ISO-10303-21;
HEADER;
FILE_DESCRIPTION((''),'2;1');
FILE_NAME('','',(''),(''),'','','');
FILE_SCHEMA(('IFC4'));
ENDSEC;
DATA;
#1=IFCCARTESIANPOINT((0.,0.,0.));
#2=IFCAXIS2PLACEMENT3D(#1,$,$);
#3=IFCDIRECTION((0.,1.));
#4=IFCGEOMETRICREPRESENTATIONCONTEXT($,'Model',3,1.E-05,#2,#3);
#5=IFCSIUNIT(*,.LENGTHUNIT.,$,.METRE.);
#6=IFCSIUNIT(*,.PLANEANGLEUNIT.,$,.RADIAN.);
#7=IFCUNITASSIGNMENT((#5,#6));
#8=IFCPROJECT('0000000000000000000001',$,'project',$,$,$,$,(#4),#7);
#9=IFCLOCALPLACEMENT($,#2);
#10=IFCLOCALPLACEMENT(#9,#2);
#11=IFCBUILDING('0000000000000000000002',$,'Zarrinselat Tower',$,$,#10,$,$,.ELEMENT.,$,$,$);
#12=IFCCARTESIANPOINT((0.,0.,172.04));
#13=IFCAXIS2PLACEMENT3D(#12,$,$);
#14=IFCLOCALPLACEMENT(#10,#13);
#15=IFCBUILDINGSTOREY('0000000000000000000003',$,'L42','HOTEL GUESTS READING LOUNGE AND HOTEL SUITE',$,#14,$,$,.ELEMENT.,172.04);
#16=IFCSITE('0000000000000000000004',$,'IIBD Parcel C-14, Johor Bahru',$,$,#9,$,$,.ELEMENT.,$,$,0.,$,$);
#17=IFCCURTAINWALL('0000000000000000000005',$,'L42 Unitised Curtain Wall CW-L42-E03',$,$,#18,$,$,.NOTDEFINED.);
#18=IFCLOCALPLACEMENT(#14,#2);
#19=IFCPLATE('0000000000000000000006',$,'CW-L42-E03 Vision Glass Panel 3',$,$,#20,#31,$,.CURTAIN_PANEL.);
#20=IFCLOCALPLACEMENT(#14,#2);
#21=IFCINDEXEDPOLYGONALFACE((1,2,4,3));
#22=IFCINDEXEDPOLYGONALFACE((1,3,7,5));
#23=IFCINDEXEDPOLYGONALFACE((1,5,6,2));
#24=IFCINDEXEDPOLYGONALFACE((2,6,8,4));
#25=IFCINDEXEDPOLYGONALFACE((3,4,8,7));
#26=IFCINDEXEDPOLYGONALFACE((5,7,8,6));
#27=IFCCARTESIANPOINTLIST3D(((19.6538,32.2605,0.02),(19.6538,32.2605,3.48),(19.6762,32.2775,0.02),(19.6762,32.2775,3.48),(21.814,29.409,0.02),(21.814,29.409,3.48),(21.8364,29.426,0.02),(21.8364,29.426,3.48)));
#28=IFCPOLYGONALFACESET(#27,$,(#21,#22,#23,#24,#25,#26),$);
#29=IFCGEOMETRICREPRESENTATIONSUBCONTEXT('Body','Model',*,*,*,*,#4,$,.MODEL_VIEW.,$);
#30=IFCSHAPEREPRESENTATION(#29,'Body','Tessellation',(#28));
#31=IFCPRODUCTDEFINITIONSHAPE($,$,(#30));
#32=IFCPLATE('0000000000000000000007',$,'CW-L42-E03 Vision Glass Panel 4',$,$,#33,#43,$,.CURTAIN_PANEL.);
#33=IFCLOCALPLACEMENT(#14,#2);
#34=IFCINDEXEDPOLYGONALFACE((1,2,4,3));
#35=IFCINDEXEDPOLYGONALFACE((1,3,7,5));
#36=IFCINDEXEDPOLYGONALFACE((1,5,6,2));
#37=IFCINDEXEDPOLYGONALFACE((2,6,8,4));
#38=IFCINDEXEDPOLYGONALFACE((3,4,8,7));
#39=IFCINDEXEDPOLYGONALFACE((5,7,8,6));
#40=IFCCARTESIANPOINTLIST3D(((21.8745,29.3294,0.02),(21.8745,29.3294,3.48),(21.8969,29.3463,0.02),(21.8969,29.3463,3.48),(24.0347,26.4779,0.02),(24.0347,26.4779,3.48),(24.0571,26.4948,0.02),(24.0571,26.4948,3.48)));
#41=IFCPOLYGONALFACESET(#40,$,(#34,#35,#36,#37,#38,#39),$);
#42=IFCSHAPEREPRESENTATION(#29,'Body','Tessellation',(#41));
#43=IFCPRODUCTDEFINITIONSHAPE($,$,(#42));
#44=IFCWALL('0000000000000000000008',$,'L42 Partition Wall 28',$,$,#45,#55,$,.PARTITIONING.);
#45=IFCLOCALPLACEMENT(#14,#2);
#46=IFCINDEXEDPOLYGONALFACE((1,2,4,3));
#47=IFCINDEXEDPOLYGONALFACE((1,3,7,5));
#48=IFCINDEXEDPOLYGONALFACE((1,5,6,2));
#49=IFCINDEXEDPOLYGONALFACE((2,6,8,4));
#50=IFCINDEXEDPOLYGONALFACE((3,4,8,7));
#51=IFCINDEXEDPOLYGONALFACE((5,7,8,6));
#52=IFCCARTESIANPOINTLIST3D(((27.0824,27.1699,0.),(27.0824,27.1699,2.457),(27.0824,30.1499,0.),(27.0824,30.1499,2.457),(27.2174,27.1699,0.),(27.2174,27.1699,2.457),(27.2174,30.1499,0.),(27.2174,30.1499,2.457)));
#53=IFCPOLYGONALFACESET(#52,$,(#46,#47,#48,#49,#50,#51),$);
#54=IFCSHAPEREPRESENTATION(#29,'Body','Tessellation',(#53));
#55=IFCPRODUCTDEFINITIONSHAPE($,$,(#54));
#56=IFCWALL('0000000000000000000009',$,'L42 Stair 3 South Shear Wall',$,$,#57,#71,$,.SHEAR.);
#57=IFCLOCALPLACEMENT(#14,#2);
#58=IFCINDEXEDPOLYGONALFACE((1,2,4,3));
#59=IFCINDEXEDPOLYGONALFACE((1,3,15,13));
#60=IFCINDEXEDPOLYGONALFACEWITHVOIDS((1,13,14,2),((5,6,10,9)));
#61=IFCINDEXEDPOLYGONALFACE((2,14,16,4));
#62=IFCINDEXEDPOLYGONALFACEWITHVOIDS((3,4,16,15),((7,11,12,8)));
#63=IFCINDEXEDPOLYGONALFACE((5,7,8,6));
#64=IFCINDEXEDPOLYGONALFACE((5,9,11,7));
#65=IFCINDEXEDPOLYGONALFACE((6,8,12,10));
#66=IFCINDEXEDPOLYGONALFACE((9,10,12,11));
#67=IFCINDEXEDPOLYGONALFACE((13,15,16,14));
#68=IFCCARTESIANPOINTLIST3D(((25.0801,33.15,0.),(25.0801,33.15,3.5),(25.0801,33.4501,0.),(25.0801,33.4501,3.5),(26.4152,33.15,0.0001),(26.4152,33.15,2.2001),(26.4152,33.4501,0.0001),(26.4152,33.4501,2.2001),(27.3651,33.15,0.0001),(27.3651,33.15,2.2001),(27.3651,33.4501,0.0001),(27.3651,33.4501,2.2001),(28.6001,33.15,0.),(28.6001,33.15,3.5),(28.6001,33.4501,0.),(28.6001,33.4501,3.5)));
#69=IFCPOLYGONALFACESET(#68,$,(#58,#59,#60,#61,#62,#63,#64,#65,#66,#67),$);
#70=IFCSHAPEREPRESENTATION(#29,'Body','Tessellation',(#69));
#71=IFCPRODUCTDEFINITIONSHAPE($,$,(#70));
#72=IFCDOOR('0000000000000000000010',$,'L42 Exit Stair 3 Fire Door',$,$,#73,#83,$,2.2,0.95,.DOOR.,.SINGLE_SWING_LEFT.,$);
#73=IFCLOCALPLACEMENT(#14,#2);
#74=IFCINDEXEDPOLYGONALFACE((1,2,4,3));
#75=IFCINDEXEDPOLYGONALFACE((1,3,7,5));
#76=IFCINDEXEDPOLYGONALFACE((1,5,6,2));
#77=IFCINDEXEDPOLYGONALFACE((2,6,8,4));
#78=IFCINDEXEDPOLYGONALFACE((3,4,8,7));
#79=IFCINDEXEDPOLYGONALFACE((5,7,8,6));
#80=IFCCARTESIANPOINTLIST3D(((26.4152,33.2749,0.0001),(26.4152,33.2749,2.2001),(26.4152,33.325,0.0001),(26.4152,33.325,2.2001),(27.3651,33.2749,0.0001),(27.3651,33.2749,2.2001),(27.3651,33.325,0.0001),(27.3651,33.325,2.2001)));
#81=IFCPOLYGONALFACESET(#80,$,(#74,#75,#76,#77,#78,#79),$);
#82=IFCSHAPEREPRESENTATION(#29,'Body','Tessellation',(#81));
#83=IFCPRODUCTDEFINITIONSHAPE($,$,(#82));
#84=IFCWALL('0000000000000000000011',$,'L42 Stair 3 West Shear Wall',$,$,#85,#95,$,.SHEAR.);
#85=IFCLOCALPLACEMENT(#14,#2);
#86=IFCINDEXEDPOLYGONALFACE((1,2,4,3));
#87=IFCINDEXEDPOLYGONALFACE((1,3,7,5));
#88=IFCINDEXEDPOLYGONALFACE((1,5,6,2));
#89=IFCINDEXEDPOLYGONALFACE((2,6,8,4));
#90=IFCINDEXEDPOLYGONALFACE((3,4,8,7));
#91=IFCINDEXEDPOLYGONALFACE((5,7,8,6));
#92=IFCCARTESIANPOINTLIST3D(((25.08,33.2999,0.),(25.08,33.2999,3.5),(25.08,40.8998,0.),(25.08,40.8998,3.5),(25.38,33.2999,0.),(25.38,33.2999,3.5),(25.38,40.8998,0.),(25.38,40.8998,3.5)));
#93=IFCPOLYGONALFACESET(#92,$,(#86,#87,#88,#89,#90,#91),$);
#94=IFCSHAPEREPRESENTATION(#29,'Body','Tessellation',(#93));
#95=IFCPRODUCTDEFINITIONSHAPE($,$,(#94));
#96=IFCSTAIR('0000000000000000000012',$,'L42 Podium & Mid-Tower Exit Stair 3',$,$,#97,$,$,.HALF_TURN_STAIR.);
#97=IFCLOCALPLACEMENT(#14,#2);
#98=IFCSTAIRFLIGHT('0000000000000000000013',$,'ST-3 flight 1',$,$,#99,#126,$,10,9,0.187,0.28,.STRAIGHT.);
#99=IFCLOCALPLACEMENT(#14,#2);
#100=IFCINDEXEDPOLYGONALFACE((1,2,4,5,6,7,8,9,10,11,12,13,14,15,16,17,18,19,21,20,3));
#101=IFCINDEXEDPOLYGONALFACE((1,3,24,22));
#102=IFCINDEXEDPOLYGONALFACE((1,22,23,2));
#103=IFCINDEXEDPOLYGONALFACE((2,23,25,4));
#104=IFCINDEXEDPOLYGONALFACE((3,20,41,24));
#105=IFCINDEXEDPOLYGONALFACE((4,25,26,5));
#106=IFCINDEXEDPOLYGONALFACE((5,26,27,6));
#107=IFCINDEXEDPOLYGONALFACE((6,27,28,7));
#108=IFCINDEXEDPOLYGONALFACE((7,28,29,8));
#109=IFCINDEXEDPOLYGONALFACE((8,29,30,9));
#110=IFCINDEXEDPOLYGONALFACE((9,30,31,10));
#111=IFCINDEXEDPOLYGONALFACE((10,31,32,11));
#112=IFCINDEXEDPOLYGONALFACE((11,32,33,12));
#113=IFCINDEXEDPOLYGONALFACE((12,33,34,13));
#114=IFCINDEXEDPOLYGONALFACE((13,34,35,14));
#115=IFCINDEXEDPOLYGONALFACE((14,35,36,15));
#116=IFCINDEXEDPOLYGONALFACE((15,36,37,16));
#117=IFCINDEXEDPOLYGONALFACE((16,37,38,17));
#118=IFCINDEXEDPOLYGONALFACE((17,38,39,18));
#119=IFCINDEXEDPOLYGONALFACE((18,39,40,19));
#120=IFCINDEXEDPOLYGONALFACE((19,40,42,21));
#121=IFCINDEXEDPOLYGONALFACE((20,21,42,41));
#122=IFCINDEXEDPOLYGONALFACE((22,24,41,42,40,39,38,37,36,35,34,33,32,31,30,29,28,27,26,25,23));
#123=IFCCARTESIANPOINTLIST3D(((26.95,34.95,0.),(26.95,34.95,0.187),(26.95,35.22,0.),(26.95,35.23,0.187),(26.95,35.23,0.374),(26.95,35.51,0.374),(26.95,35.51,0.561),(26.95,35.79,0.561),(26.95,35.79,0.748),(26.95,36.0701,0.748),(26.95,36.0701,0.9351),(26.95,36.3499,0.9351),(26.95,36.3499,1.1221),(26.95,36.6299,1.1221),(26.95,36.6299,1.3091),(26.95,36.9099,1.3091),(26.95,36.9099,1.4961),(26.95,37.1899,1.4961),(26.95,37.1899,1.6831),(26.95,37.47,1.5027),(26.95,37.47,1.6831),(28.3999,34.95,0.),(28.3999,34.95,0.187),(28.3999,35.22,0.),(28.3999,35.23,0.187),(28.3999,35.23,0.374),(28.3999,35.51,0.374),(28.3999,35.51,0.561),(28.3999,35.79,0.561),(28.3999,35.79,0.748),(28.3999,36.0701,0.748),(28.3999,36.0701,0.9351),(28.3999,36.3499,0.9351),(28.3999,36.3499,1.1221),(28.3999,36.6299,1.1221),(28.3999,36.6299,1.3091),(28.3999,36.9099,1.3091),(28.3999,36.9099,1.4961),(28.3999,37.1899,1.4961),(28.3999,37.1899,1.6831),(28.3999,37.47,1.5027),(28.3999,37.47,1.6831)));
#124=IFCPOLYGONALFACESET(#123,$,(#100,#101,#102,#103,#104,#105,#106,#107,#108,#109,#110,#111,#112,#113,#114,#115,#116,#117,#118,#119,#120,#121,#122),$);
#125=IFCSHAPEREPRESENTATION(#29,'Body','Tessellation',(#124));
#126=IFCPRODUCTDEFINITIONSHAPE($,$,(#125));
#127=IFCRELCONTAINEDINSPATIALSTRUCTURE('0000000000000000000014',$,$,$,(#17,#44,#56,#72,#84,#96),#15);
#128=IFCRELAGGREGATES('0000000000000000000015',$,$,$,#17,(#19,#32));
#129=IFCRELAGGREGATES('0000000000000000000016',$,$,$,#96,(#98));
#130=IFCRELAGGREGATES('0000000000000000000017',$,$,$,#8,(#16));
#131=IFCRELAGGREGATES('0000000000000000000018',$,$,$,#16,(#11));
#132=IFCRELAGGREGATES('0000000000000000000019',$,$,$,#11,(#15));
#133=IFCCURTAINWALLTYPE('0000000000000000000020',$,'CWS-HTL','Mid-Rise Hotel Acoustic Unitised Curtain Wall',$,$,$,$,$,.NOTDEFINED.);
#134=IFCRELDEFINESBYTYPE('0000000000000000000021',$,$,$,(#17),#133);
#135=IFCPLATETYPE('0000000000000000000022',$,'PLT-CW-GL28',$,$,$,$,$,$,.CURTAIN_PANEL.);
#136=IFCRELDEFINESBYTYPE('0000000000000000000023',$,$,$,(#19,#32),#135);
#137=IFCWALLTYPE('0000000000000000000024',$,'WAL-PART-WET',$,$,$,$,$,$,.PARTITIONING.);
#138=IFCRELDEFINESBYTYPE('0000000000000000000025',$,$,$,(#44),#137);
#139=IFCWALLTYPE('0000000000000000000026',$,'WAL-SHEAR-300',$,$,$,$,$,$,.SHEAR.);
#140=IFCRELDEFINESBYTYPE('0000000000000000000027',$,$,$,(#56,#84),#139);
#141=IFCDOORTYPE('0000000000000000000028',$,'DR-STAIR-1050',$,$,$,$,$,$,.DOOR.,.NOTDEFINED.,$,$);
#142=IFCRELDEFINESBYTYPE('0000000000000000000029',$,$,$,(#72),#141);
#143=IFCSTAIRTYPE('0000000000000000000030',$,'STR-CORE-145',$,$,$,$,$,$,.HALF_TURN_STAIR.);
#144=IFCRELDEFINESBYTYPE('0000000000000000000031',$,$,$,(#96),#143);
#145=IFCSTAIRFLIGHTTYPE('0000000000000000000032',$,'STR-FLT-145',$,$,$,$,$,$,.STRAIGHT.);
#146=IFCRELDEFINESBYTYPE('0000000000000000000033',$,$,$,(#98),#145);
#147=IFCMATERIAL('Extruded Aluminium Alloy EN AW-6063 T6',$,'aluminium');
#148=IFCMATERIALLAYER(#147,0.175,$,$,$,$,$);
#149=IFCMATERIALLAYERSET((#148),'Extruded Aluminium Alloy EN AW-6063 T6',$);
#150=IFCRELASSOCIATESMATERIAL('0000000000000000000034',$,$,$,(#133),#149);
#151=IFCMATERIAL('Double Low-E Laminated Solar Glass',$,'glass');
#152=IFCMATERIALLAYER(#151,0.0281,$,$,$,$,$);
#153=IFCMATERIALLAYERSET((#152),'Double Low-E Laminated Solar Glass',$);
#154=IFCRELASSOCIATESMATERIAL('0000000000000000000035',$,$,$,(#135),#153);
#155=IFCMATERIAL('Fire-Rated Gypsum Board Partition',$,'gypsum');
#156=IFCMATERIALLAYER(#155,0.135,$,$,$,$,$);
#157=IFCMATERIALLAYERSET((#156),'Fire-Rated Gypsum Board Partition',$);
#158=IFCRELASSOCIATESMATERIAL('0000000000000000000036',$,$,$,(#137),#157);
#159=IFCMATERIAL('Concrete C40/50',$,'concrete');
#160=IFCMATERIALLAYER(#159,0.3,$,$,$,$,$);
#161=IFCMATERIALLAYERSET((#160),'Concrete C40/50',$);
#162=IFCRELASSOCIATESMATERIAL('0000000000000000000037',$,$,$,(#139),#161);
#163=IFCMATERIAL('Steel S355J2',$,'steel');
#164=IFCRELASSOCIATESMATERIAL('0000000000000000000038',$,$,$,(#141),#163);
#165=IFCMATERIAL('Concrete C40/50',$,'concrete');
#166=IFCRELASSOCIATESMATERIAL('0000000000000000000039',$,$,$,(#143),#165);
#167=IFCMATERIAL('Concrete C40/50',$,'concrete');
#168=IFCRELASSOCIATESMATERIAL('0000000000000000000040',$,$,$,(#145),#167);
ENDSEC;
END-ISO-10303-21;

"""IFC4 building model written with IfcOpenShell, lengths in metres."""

from ifc_helpers import new_model, si_unit, direction, frame, frame_2d, origin, origin_2d, place, context, subcontext, project, spatial, polyline, rectangle, outline, extrude, material, layer, layer_set, type_object, element, fill, aggregate, save


model = new_model("IFC4")

# Units and contexts
model_context = context("Model", 3, precision=1e-05, world=origin(), true_north=direction((0.0, 1.0)))
body_context = subcontext(model_context, "Body", "Model", "MODEL_VIEW")
ifc_project = project(units=[si_unit("LENGTHUNIT", "METRE"), si_unit("PLANEANGLEUNIT", "RADIAN")], contexts=[model_context])

# Site, building, storey
site_placement = place(None, origin())
site = spatial("IfcSite", under=ifc_project, at=site_placement, Name="IIBD Parcel C-14, Johor Bahru", CompositionType="ELEMENT", RefElevation=0.0)
building_placement = place(site_placement, origin())
building = spatial("IfcBuilding", under=site, at=building_placement, Name="Zarrinselat Tower", CompositionType="ELEMENT")
storey_placement = place(building_placement, frame((0.0, 0.0, 172.04)))
storey = spatial("IfcBuildingStorey", under=building, at=storey_placement, Name="L42", Description="HOTEL GUESTS READING LOUNGE AND HOTEL SUITE", CompositionType="ELEMENT", Elevation=172.04)

# Curtain wall, plates
ifc_material_1 = material(Name="Extruded Aluminium Alloy EN AW-6063 T6", Category="aluminium")
ifc_layer_1 = layer(ifc_material_1, 0.175)
ifc_layer_set_1 = layer_set([ifc_layer_1], Name="Extruded Aluminium Alloy EN AW-6063 T6")
curtain_wall_type = type_object("IfcCurtainWallType", Name="CWS-HTL", Description="Mid-Rise Hotel Acoustic Unitised Curtain Wall", PredefinedType="NOTDEFINED", material=ifc_layer_set_1)
curtain_wall_placement = place(storey_placement, origin())
curtain_wall = element("IfcCurtainWall", 1, at=curtain_wall_placement, inside=storey, type_object=curtain_wall_type, Name="L42 Unitised Curtain Wall CW-L42-E03", PredefinedType="NOTDEFINED")
ifc_material_2 = material(Name="Double Low-E Laminated Solar Glass", Category="glass")
ifc_layer_2 = layer(ifc_material_2, 0.0281)
ifc_layer_set_2 = layer_set([ifc_layer_2], Name="Double Low-E Laminated Solar Glass")
plate_type = type_object("IfcPlateType", Name="PLT-CW-GL28", PredefinedType="CURTAIN_PANEL", material=ifc_layer_set_2)
plate_1_placement = place(storey_placement, frame((20.7451, 30.8433, 0.02), z_axis=(0.0, 0.0, 1.0), x_axis=(0.603858, -0.797092, 0.0)))
plate_1 = element("IfcPlate", 2, at=plate_1_placement, type_object=plate_type, Name="CW-L42-E03 Vision Glass Panel 3", PredefinedType="CURTAIN_PANEL", context=body_context, shape_type="SweptSolid", body=[
    extrude(rectangle(XDim=3.5774, YDim=0.0281, at=origin_2d()), origin(), (0.0, 0.0, 1.0), 3.46),
])
plate_2_placement = place(storey_placement, frame((22.9658, 27.9121, 0.02), z_axis=(0.0, 0.0, 1.0), x_axis=(0.603858, -0.797092, 0.0)))
plate_2 = element("IfcPlate", 3, at=plate_2_placement, type_object=plate_type, Name="CW-L42-E03 Vision Glass Panel 4", PredefinedType="CURTAIN_PANEL", context=body_context, shape_type="SweptSolid", body=[
    extrude(rectangle(XDim=3.5774, YDim=0.0281, at=origin_2d()), origin(), (0.0, 0.0, 1.0), 3.46),
])
aggregate(curtain_wall, [plate_1, plate_2])

# Wall
ifc_material_3 = material(Name="Fire-Rated Gypsum Board Partition", Category="gypsum")
ifc_layer_3 = layer(ifc_material_3, 0.135)
ifc_layer_set_3 = layer_set([ifc_layer_3], Name="Fire-Rated Gypsum Board Partition")
wall_type_1 = type_object("IfcWallType", Name="WAL-PART-WET", PredefinedType="PARTITIONING", material=ifc_layer_set_3)
wall_1_placement = place(storey_placement, frame((27.1499, 27.1699, 0.0), z_axis=(0.0, 0.0, 1.0), x_axis=(0.0, 1.0, 0.0)))
element("IfcWall", 4, at=wall_1_placement, inside=storey, type_object=wall_type_1, Name="L42 Partition Wall 28", PredefinedType="PARTITIONING", context=body_context, shape_type="SweptSolid", body=[
    extrude(rectangle(XDim=2.98, YDim=0.135, at=frame_2d((1.49, 0.0))), origin(), (0.0, 0.0, 1.0), 2.457),
])

# Wall, opening, door
ifc_material_4 = material(Name="Concrete C40/50", Category="concrete")
ifc_layer_4 = layer(ifc_material_4, 0.3)
ifc_layer_set_4 = layer_set([ifc_layer_4], Name="Concrete C40/50")
wall_type_2 = type_object("IfcWallType", Name="WAL-SHEAR-300", PredefinedType="SHEAR", material=ifc_layer_set_4)
wall_2_placement = place(storey_placement, frame((25.0801, 33.3, 0.0), z_axis=(0.0, 0.0, 1.0), x_axis=(1.0, 0.0, 0.0)))
wall_2 = element("IfcWall", 5, at=wall_2_placement, inside=storey, type_object=wall_type_2, Name="L42 Stair 3 South Shear Wall", PredefinedType="SHEAR", context=body_context, shape_type="SweptSolid", body=[
    extrude(rectangle(XDim=3.52, YDim=0.3, at=frame_2d((1.76, 0.0))), origin(), (0.0, 0.0, 1.0), 3.5),
])
opening_placement = place(wall_2_placement, frame((1.335, 0.0, 0.0)))
opening = element("IfcOpeningElement", 6, at=opening_placement, cuts=wall_2, PredefinedType="OPENING", context=body_context, shape_type="SweptSolid", body=[
    extrude(rectangle(XDim=0.95, YDim=2.2, at=frame_2d((0.4751, 1.1001))), frame((0.0, 0.1599, 0.0), z_axis=(0.0, -1.0, 0.0), x_axis=(1.0, 0.0, 0.0)), (0.0, 0.0, 1.0), 0.3201),
])
ifc_material_5 = material(Name="Steel S355J2", Category="steel")
door_type = type_object("IfcDoorType", Name="DR-STAIR-1050", OperationType="NOTDEFINED", PredefinedType="DOOR", material=ifc_material_5)
door_placement = place(opening_placement, origin())
door = element("IfcDoor", 7, at=door_placement, inside=storey, type_object=door_type, Name="L42 Exit Stair 3 Fire Door", OperationType="SINGLE_SWING_LEFT", OverallHeight=2.2, OverallWidth=0.95, PredefinedType="DOOR", context=body_context, shape_type="SweptSolid", body=[
    extrude(rectangle(XDim=0.95, YDim=2.2, at=frame_2d((0.4751, 1.1001))), frame((0.0, 0.0249, 0.0), z_axis=(0.0, -1.0, 0.0), x_axis=(1.0, 0.0, 0.0)), (0.0, 0.0, 1.0), 0.05),
])
fill(opening, door)

# Wall
wall_3_placement = place(storey_placement, frame((25.23, 33.3, 0.0), z_axis=(0.0, 0.0, 1.0), x_axis=(0.0, 1.0, 0.0)))
element("IfcWall", 8, at=wall_3_placement, inside=storey, type_object=wall_type_2, Name="L42 Stair 3 West Shear Wall", PredefinedType="SHEAR", context=body_context, shape_type="SweptSolid", body=[
    extrude(rectangle(XDim=7.5999, YDim=0.3, at=frame_2d((3.7998, 0.0))), origin(), (0.0, 0.0, 1.0), 3.5),
])

# Stair, stair flight
ifc_material_6 = material(Name="Concrete C40/50", Category="concrete")
stair_type = type_object("IfcStairType", Name="STR-CORE-145", PredefinedType="HALF_TURN_STAIR", material=ifc_material_6)
stair_placement = place(storey_placement, origin())
stair = element("IfcStair", 9, at=stair_placement, inside=storey, type_object=stair_type, Name="L42 Podium & Mid-Tower Exit Stair 3", PredefinedType="HALF_TURN_STAIR")
ifc_material_7 = material(Name="Concrete C40/50", Category="concrete")
stair_flight_type = type_object("IfcStairFlightType", Name="STR-FLT-145", PredefinedType="STRAIGHT", material=ifc_material_7)
stair_flight_placement = place(storey_placement, frame((27.675, 34.95, 0.0), z_axis=(0.0, 0.0, 1.0), x_axis=(0.0, 1.0, 0.0)))
stair_flight = element("IfcStairFlight", 10, at=stair_flight_placement, type_object=stair_flight_type, Name="ST-3 flight 1", NumberOfRisers=10, NumberOfTreads=9, PredefinedType="STRAIGHT", RiserHeight=0.187, TreadLength=0.28, context=body_context, shape_type="SweptSolid", body=[
    extrude(outline(polyline([(0.0, 0.0), (0.0, 0.187), (0.28, 0.187), (0.28, 0.374), (0.5601, 0.374), (0.5601, 0.561), (0.8401, 0.561), (0.8401, 0.748), (1.1201, 0.748), (1.1201, 0.9351), (1.3999, 0.9351), (1.3999, 1.1221), (1.6799, 1.1221), (1.6799, 1.3091), (1.96, 1.3091), (1.96, 1.4961), (2.24, 1.4961), (2.24, 1.6831), (2.52, 1.6831), (2.52, 1.8701), (2.52, 1.5027), (0.27, 0.0), (0.0, 0.0)])), frame((0.0, 0.7251, 0.0), z_axis=(0.0, -1.0, 0.0), x_axis=(1.0, 0.0, 0.0)), (0.0, 0.0, 1.0), 1.45),
])
aggregate(stair, [stair_flight])

save(model, "model.ifc")
